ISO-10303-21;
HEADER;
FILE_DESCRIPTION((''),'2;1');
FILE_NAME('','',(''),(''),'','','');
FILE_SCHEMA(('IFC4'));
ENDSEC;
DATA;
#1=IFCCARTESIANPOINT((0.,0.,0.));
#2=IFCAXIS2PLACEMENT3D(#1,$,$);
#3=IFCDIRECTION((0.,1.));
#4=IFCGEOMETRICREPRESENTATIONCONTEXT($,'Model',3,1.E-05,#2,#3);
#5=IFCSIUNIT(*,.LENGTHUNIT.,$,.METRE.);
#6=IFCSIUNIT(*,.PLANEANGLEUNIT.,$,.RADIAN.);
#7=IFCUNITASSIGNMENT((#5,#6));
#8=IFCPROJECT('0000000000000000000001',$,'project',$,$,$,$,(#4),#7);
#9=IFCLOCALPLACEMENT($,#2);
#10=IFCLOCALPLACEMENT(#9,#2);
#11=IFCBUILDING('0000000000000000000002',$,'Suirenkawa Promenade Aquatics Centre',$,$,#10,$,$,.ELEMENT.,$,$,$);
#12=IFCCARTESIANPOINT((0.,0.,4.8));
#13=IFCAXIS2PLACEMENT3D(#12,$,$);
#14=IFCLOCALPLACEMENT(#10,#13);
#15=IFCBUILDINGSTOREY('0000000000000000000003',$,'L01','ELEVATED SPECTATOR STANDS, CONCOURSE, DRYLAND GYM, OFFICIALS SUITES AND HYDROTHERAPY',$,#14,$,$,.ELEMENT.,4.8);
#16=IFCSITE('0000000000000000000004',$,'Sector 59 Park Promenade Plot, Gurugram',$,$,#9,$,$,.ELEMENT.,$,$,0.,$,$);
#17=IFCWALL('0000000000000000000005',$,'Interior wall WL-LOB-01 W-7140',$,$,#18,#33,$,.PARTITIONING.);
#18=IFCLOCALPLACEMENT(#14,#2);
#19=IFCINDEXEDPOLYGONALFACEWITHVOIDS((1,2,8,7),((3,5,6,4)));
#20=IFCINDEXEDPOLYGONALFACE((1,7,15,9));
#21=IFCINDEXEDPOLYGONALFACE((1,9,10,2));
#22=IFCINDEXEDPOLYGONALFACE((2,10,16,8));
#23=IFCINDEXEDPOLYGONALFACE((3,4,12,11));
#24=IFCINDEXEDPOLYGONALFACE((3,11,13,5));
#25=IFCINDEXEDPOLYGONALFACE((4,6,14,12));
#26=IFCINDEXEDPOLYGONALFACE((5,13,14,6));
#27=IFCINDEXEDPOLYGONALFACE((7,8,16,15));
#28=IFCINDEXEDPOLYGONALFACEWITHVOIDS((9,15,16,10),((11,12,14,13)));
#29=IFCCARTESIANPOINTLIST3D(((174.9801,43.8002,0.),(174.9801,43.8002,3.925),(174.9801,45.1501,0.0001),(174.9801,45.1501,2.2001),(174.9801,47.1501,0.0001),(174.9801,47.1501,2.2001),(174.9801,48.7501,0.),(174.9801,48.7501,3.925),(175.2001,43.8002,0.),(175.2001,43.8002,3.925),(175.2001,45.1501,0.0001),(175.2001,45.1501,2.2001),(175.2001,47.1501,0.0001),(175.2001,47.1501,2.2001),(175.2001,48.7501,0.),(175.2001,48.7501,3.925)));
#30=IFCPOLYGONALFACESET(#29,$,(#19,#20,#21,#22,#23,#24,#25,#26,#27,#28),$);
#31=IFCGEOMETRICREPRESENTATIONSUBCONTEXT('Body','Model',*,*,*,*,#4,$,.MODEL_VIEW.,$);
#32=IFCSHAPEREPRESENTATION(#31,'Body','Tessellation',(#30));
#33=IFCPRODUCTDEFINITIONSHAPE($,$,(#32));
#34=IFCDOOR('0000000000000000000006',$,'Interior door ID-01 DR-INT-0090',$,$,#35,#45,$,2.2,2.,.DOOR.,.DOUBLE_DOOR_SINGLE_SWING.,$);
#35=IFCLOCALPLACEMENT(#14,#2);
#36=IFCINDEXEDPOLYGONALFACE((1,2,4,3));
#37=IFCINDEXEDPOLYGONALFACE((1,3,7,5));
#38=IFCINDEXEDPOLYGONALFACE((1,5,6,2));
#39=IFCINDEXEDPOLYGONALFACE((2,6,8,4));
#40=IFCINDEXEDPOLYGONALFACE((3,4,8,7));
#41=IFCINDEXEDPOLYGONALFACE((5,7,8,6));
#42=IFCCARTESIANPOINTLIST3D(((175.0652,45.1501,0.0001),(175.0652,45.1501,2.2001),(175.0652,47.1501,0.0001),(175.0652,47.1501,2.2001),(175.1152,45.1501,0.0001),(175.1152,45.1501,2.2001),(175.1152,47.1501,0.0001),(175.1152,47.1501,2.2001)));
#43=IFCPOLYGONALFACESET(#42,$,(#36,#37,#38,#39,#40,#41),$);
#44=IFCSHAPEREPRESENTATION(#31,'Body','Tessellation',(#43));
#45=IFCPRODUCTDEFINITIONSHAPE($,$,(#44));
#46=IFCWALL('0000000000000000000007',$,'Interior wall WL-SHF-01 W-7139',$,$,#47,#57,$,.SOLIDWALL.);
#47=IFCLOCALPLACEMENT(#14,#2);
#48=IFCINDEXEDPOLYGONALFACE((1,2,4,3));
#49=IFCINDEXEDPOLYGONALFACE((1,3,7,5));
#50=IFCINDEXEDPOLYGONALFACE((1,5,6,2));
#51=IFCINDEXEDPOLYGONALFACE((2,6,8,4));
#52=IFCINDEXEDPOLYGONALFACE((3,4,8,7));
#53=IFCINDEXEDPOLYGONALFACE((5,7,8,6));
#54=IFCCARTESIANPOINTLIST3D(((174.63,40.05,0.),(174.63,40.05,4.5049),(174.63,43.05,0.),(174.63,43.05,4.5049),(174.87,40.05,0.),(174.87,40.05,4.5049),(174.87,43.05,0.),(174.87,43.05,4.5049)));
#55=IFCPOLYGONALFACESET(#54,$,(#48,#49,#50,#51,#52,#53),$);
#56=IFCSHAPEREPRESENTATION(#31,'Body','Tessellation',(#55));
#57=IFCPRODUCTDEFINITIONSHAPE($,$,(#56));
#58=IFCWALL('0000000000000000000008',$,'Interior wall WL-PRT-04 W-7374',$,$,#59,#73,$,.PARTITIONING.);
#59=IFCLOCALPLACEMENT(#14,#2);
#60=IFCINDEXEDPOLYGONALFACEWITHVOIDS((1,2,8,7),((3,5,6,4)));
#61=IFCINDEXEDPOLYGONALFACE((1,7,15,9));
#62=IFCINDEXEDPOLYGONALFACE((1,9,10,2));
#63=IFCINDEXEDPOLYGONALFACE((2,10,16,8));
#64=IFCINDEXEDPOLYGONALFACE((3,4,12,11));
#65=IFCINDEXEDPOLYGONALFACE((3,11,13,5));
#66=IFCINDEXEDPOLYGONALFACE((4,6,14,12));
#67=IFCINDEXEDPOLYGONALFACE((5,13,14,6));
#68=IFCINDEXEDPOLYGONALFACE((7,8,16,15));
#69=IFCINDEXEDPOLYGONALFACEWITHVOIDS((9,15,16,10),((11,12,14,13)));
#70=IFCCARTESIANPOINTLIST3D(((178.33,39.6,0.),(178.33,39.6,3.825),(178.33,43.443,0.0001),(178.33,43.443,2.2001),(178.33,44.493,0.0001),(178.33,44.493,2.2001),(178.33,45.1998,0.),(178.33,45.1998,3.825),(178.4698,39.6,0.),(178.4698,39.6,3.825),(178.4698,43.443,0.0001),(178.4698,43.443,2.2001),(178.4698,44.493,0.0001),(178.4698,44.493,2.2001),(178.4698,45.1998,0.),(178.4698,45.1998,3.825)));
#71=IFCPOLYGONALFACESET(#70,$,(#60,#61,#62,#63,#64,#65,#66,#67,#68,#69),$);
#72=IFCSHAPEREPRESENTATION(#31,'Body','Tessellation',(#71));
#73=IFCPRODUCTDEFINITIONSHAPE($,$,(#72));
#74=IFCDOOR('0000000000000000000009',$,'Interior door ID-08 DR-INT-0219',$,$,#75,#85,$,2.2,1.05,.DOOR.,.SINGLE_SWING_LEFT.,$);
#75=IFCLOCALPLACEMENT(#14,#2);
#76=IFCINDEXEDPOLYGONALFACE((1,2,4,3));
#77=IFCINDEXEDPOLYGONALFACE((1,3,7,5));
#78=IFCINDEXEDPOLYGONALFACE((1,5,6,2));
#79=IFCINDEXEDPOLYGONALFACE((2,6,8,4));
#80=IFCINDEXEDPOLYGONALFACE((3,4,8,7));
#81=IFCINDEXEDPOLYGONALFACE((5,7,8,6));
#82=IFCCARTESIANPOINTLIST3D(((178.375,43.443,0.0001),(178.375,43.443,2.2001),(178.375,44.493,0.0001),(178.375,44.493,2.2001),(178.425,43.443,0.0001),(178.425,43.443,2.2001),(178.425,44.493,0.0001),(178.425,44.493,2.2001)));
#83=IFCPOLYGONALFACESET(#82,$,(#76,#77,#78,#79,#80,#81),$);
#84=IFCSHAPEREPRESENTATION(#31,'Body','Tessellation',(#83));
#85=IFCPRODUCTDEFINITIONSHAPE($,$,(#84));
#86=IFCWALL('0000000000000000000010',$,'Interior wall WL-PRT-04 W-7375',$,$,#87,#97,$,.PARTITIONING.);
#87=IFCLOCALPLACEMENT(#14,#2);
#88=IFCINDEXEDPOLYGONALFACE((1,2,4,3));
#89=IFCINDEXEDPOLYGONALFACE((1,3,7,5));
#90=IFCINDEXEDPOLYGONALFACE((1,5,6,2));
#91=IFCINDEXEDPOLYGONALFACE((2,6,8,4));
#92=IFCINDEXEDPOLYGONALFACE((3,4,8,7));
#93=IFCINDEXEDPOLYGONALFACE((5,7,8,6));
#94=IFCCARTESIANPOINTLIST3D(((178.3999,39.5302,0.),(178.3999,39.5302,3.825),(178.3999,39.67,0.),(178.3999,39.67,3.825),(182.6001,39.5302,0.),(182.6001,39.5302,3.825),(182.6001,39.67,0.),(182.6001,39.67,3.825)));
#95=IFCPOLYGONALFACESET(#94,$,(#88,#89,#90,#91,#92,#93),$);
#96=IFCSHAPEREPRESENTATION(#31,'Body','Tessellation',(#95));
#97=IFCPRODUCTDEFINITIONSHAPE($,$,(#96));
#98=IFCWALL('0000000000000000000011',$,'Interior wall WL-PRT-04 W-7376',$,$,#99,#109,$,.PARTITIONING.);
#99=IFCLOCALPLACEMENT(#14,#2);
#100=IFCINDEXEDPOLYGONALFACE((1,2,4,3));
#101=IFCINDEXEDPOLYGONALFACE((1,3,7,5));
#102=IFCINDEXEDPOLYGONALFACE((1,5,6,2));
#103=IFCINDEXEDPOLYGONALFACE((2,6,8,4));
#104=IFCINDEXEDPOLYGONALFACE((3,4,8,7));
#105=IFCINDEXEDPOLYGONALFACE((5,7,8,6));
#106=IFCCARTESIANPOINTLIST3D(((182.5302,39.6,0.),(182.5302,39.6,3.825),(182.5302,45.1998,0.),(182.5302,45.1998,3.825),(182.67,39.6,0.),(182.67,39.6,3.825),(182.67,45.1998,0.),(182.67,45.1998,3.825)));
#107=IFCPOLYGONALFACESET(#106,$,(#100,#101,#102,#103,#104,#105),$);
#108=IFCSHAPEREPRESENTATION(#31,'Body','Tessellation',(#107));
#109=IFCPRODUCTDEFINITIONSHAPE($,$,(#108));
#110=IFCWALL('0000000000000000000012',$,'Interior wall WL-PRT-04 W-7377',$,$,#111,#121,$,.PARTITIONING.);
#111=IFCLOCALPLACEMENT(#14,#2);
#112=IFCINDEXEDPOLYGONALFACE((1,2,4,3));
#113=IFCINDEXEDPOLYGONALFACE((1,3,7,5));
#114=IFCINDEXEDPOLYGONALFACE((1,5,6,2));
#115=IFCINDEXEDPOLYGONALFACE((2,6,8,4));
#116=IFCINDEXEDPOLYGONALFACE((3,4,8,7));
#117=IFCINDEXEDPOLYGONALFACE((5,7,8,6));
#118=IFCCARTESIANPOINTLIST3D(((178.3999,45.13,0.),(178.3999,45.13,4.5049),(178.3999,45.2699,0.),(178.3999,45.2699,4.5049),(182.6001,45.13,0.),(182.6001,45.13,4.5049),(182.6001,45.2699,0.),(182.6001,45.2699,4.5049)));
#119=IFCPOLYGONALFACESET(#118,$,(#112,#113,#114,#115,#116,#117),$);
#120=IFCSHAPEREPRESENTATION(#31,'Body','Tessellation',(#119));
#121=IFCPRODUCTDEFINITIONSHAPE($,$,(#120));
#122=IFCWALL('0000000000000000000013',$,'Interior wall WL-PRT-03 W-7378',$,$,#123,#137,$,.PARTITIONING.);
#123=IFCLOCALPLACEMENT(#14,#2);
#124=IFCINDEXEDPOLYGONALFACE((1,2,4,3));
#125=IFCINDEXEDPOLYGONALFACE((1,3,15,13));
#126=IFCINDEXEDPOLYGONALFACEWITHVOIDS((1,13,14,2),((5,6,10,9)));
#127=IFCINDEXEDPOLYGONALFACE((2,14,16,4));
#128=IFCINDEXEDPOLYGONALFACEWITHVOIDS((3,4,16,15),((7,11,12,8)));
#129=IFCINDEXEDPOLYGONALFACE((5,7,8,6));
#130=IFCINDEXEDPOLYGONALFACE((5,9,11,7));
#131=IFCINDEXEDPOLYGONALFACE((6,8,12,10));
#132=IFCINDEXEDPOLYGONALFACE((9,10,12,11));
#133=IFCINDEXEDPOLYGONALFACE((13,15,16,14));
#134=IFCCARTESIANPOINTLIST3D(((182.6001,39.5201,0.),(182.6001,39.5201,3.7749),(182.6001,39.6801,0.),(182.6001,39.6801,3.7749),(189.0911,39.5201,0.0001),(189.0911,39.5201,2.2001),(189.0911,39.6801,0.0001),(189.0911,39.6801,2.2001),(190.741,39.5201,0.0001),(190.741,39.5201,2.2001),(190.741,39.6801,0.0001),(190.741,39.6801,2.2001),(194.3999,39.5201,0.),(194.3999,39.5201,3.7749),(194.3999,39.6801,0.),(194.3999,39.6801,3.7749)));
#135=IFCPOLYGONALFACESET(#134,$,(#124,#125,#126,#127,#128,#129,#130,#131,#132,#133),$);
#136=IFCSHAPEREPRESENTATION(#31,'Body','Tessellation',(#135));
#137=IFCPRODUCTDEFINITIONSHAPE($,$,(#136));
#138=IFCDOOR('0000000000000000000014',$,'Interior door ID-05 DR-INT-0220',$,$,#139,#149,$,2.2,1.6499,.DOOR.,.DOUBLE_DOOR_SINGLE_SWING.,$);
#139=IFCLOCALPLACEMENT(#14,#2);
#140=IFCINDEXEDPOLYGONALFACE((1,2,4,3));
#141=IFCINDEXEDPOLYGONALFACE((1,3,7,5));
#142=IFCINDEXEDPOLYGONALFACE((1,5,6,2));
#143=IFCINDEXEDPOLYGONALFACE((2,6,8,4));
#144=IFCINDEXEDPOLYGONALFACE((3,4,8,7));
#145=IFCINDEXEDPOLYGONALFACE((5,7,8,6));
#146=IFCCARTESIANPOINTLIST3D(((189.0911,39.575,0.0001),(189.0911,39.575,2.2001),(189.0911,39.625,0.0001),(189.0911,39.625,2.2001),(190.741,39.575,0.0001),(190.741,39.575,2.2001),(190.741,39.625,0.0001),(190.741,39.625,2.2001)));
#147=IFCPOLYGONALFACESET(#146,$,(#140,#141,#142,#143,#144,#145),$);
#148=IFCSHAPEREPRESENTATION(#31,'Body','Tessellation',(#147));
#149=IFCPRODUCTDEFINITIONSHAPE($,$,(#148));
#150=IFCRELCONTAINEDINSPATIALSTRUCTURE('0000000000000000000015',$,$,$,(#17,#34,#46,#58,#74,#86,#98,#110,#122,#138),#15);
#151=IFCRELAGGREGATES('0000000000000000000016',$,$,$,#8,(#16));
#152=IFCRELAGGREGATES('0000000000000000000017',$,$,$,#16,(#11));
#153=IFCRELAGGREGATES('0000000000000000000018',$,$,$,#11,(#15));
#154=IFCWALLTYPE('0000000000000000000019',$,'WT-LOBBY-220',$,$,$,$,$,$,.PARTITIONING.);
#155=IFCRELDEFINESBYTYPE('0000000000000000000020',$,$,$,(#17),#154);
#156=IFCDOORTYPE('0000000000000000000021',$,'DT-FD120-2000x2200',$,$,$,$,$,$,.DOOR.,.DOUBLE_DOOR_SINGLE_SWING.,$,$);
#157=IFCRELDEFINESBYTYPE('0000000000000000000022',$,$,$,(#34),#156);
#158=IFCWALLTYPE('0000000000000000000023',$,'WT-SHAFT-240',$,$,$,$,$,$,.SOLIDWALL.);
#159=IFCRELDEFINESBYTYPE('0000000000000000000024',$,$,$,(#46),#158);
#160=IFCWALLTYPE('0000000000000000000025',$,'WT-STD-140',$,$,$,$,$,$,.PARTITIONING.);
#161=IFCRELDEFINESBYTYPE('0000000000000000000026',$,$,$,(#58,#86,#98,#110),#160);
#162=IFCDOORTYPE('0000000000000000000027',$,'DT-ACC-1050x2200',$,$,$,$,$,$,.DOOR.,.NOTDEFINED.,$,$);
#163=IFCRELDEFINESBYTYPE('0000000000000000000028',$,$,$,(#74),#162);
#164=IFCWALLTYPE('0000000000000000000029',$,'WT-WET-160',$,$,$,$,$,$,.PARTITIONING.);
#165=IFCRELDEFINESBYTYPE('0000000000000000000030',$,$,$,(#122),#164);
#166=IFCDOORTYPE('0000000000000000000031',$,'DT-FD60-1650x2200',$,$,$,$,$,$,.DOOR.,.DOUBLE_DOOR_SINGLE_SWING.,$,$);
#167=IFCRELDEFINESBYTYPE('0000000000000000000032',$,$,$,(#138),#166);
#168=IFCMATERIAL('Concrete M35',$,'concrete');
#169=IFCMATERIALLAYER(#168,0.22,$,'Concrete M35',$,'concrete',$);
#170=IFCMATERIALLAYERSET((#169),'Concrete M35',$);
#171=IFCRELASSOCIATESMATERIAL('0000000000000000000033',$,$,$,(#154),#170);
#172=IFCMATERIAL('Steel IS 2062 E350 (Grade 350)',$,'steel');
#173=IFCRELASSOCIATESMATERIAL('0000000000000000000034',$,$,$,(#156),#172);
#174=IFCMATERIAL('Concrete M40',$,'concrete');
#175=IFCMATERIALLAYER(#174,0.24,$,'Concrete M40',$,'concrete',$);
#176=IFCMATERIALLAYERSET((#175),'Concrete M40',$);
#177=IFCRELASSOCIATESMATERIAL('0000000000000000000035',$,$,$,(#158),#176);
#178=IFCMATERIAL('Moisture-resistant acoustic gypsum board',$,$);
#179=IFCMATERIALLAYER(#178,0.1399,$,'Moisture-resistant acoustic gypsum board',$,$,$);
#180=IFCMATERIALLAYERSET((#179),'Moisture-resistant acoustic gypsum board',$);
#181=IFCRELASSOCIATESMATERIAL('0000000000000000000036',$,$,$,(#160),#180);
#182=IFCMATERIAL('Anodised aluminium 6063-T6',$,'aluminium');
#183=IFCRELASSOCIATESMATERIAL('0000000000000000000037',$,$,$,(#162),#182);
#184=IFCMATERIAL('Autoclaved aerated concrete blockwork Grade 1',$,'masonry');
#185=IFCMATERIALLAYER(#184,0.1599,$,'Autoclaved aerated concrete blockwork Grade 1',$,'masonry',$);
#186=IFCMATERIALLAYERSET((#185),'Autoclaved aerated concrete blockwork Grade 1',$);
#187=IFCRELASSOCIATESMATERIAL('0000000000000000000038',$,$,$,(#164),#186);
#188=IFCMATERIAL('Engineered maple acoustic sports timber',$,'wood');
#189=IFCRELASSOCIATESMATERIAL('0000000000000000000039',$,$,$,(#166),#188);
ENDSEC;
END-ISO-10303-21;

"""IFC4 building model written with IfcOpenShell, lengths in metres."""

from ifc_helpers import new_model, si_unit, direction, frame, frame_2d, origin, place, context, subcontext, project, spatial, rectangle, extrude, material, layer, layer_set, type_object, element, fill, save


model = new_model("IFC4")

# Units and contexts
model_context = context("Model", 3, precision=1e-05, world=origin(), true_north=direction((0.0, 1.0)))
body_context = subcontext(model_context, "Body", "Model", "MODEL_VIEW")
ifc_project = project(units=[si_unit("LENGTHUNIT", "METRE"), si_unit("PLANEANGLEUNIT", "RADIAN")], contexts=[model_context])

# Site, building, storey
site_placement = place(None, origin())
site = spatial("IfcSite", under=ifc_project, at=site_placement, Name="Sector 59 Park Promenade Plot, Gurugram", CompositionType="ELEMENT", RefElevation=0.0)
building_placement = place(site_placement, origin())
building = spatial("IfcBuilding", under=site, at=building_placement, Name="Suirenkawa Promenade Aquatics Centre", CompositionType="ELEMENT")
storey_placement = place(building_placement, frame((0.0, 0.0, 4.8)))
storey = spatial("IfcBuildingStorey", under=building, at=storey_placement, Name="L01", Description="ELEVATED SPECTATOR STANDS, CONCOURSE, DRYLAND GYM, OFFICIALS SUITES AND HYDROTHERAPY", CompositionType="ELEMENT", Elevation=4.8)

# Shared definitions
ifc_material_1 = material(Name="Concrete M40", Category="concrete")

# Shared definitions
ifc_material_2 = material(Name="Steel IS 2062 E350 (Grade 350)", Category="steel")
ifc_material_3 = material(Name="Concrete M35", Category="concrete")

# Wall, opening, door
ifc_layer_1 = layer(ifc_material_3, 0.22, Name="Concrete M35", Category="concrete")
ifc_layer_set_1 = layer_set([ifc_layer_1], Name="Concrete M35")
wall_type_1 = type_object("IfcWallType", Name="WT-LOBBY-220", PredefinedType="PARTITIONING", material=ifc_layer_set_1)
wall_1_placement = place(storey_placement, frame((175.0901, 43.8, 0.0), z_axis=(0.0, 0.0, 1.0), x_axis=(0.0, 1.0, 0.0)))
wall_1 = element("IfcWall", 1, at=wall_1_placement, inside=storey, type_object=wall_type_1, Name="Interior wall WL-LOB-01 W-7140", PredefinedType="PARTITIONING", context=body_context, shape_type="SweptSolid", body=[
    extrude(rectangle(XDim=4.95, YDim=0.22, at=frame_2d((2.4751, 0.0))), origin(), (0.0, 0.0, 1.0), 3.925),
])
opening_1_placement = place(wall_1_placement, frame((1.3501, 0.0, 0.0)))
opening_1 = element("IfcOpeningElement", 2, at=opening_1_placement, cuts=wall_1, PredefinedType="OPENING", context=body_context, shape_type="SweptSolid", body=[
    extrude(rectangle(XDim=2.0, YDim=2.2, at=frame_2d((1.0, 1.1001))), frame((0.0, 0.1199, 0.0), z_axis=(0.0, -1.0, 0.0), x_axis=(1.0, 0.0, 0.0)), (0.0, 0.0, 1.0), 0.24),
])
door_type_1 = type_object("IfcDoorType", Name="DT-FD120-2000x2200", OperationType="DOUBLE_DOOR_SINGLE_SWING", PredefinedType="DOOR", material=ifc_material_2)
door_1_placement = place(opening_1_placement, origin())
door_1 = element("IfcDoor", 3, at=door_1_placement, inside=storey, type_object=door_type_1, Name="Interior door ID-01 DR-INT-0090", OperationType="DOUBLE_DOOR_SINGLE_SWING", OverallHeight=2.2, OverallWidth=2.0, PredefinedType="DOOR", context=body_context, shape_type="SweptSolid", body=[
    extrude(rectangle(XDim=2.0, YDim=2.2, at=frame_2d((1.0, 1.1001))), frame((0.0, 0.0249, 0.0), z_axis=(0.0, -1.0, 0.0), x_axis=(1.0, 0.0, 0.0)), (0.0, 0.0, 1.0), 0.05),
])
fill(opening_1, door_1)
ifc_layer_2 = layer(ifc_material_1, 0.24, Name="Concrete M40", Category="concrete")
ifc_layer_set_2 = layer_set([ifc_layer_2], Name="Concrete M40")
wall_type_2 = type_object("IfcWallType", Name="WT-SHAFT-240", PredefinedType="SOLIDWALL", material=ifc_layer_set_2)

# Wall
wall_2_placement = place(storey_placement, frame((174.75, 40.05, 0.0), z_axis=(0.0, 0.0, 1.0), x_axis=(0.0, 1.0, 0.0)))
element("IfcWall", 4, at=wall_2_placement, inside=storey, type_object=wall_type_2, Name="Interior wall WL-SHF-01 W-7139", PredefinedType="SOLIDWALL", context=body_context, shape_type="SweptSolid", body=[
    extrude(rectangle(XDim=3.0, YDim=0.24, at=frame_2d((1.5, 0.0))), origin(), (0.0, 0.0, 1.0), 4.5049),
])

# Wall, opening, door
ifc_material_4 = material(Name="Moisture-resistant acoustic gypsum board")
ifc_layer_3 = layer(ifc_material_4, 0.1399, Name="Moisture-resistant acoustic gypsum board")
ifc_layer_set_3 = layer_set([ifc_layer_3], Name="Moisture-resistant acoustic gypsum board")
wall_type_3 = type_object("IfcWallType", Name="WT-STD-140", PredefinedType="PARTITIONING", material=ifc_layer_set_3)
wall_3_placement = place(storey_placement, frame((178.3999, 39.6001, 0.0), z_axis=(0.0, 0.0, 1.0), x_axis=(0.0, 1.0, 0.0)))
wall_3 = element("IfcWall", 5, at=wall_3_placement, inside=storey, type_object=wall_type_3, Name="Interior wall WL-PRT-04 W-7374", PredefinedType="PARTITIONING", context=body_context, shape_type="SweptSolid", body=[
    extrude(rectangle(XDim=5.5999, YDim=0.1399, at=frame_2d((2.7998, 0.0))), origin(), (0.0, 0.0, 1.0), 3.825),
])
opening_2_placement = place(wall_3_placement, frame((3.843, 0.0, 0.0)))
opening_2 = element("IfcOpeningElement", 6, at=opening_2_placement, cuts=wall_3, PredefinedType="OPENING", context=body_context, shape_type="SweptSolid", body=[
    extrude(rectangle(XDim=1.05, YDim=2.2, at=frame_2d((0.5249, 1.1001))), frame((0.0, 0.0798, 0.0), z_axis=(0.0, -1.0, 0.0), x_axis=(1.0, 0.0, 0.0)), (0.0, 0.0, 1.0), 0.1599),
])
ifc_material_5 = material(Name="Anodised aluminium 6063-T6", Category="aluminium")
door_type_2 = type_object("IfcDoorType", Name="DT-ACC-1050x2200", OperationType="NOTDEFINED", PredefinedType="DOOR", material=ifc_material_5)
door_2_placement = place(opening_2_placement, origin())
door_2 = element("IfcDoor", 7, at=door_2_placement, inside=storey, type_object=door_type_2, Name="Interior door ID-08 DR-INT-0219", OperationType="SINGLE_SWING_LEFT", OverallHeight=2.2, OverallWidth=1.05, PredefinedType="DOOR", context=body_context, shape_type="SweptSolid", body=[
    extrude(rectangle(XDim=1.05, YDim=2.2, at=frame_2d((0.5249, 1.1001))), frame((0.0, 0.0249, 0.0), z_axis=(0.0, -1.0, 0.0), x_axis=(1.0, 0.0, 0.0)), (0.0, 0.0, 1.0), 0.05),
])
fill(opening_2, door_2)

# Walls
wall_4_placement = place(storey_placement, frame((178.3999, 39.6001, 0.0), z_axis=(0.0, 0.0, 1.0), x_axis=(1.0, 0.0, 0.0)))
element("IfcWall", 8, at=wall_4_placement, inside=storey, type_object=wall_type_3, Name="Interior wall WL-PRT-04 W-7375", PredefinedType="PARTITIONING", context=body_context, shape_type="SweptSolid", body=[
    extrude(rectangle(XDim=4.2002, YDim=0.1399, at=frame_2d((2.1001, 0.0))), origin(), (0.0, 0.0, 1.0), 3.825),
])
wall_5_placement = place(storey_placement, frame((182.6001, 39.6001, 0.0), z_axis=(0.0, 0.0, 1.0), x_axis=(0.0, 1.0, 0.0)))
element("IfcWall", 9, at=wall_5_placement, inside=storey, type_object=wall_type_3, Name="Interior wall WL-PRT-04 W-7376", PredefinedType="PARTITIONING", context=body_context, shape_type="SweptSolid", body=[
    extrude(rectangle(XDim=5.5999, YDim=0.1399, at=frame_2d((2.7998, 0.0))), origin(), (0.0, 0.0, 1.0), 3.825),
])
wall_6_placement = place(storey_placement, frame((178.3999, 45.2, 0.0), z_axis=(0.0, 0.0, 1.0), x_axis=(1.0, 0.0, 0.0)))
element("IfcWall", 10, at=wall_6_placement, inside=storey, type_object=wall_type_3, Name="Interior wall WL-PRT-04 W-7377", PredefinedType="PARTITIONING", context=body_context, shape_type="SweptSolid", body=[
    extrude(rectangle(XDim=4.2002, YDim=0.1399, at=frame_2d((2.1001, 0.0))), origin(), (0.0, 0.0, 1.0), 4.5049),
])

# Wall, opening, door
ifc_material_6 = material(Name="Autoclaved aerated concrete blockwork Grade 1", Category="masonry")
ifc_layer_4 = layer(ifc_material_6, 0.1599, Name="Autoclaved aerated concrete blockwork Grade 1", Category="masonry")
ifc_layer_set_4 = layer_set([ifc_layer_4], Name="Autoclaved aerated concrete blockwork Grade 1")
wall_type_4 = type_object("IfcWallType", Name="WT-WET-160", PredefinedType="PARTITIONING", material=ifc_layer_set_4)
wall_7_placement = place(storey_placement, frame((182.6001, 39.6001, 0.0), z_axis=(0.0, 0.0, 1.0), x_axis=(1.0, 0.0, 0.0)))
wall_7 = element("IfcWall", 11, at=wall_7_placement, inside=storey, type_object=wall_type_4, Name="Interior wall WL-PRT-03 W-7378", PredefinedType="PARTITIONING", context=body_context, shape_type="SweptSolid", body=[
    extrude(rectangle(XDim=11.7998, YDim=0.1599, at=frame_2d((5.8999, 0.0))), origin(), (0.0, 0.0, 1.0), 3.7749),
])
opening_3_placement = place(wall_7_placement, frame((6.491, 0.0, 0.0)))
opening_3 = element("IfcOpeningElement", 12, at=opening_3_placement, cuts=wall_7, PredefinedType="OPENING", context=body_context, shape_type="SweptSolid", body=[
    extrude(rectangle(XDim=1.6499, YDim=2.2, at=frame_2d((0.825, 1.1001))), frame((0.0, 0.0898, 0.0), z_axis=(0.0, -1.0, 0.0), x_axis=(1.0, 0.0, 0.0)), (0.0, 0.0, 1.0), 0.1799),
])
ifc_material_7 = material(Name="Engineered maple acoustic sports timber", Category="wood")
door_type_3 = type_object("IfcDoorType", Name="DT-FD60-1650x2200", OperationType="DOUBLE_DOOR_SINGLE_SWING", PredefinedType="DOOR", material=ifc_material_7)
door_3_placement = place(opening_3_placement, origin())
door_3 = element("IfcDoor", 13, at=door_3_placement, inside=storey, type_object=door_type_3, Name="Interior door ID-05 DR-INT-0220", OperationType="DOUBLE_DOOR_SINGLE_SWING", OverallHeight=2.2, OverallWidth=1.6499, PredefinedType="DOOR", context=body_context, shape_type="SweptSolid", body=[
    extrude(rectangle(XDim=1.6499, YDim=2.2, at=frame_2d((0.825, 1.1001))), frame((0.0, 0.0249, 0.0), z_axis=(0.0, -1.0, 0.0), x_axis=(1.0, 0.0, 0.0)), (0.0, 0.0, 1.0), 0.05),
])
fill(opening_3, door_3)

save(model, "model.ifc")
